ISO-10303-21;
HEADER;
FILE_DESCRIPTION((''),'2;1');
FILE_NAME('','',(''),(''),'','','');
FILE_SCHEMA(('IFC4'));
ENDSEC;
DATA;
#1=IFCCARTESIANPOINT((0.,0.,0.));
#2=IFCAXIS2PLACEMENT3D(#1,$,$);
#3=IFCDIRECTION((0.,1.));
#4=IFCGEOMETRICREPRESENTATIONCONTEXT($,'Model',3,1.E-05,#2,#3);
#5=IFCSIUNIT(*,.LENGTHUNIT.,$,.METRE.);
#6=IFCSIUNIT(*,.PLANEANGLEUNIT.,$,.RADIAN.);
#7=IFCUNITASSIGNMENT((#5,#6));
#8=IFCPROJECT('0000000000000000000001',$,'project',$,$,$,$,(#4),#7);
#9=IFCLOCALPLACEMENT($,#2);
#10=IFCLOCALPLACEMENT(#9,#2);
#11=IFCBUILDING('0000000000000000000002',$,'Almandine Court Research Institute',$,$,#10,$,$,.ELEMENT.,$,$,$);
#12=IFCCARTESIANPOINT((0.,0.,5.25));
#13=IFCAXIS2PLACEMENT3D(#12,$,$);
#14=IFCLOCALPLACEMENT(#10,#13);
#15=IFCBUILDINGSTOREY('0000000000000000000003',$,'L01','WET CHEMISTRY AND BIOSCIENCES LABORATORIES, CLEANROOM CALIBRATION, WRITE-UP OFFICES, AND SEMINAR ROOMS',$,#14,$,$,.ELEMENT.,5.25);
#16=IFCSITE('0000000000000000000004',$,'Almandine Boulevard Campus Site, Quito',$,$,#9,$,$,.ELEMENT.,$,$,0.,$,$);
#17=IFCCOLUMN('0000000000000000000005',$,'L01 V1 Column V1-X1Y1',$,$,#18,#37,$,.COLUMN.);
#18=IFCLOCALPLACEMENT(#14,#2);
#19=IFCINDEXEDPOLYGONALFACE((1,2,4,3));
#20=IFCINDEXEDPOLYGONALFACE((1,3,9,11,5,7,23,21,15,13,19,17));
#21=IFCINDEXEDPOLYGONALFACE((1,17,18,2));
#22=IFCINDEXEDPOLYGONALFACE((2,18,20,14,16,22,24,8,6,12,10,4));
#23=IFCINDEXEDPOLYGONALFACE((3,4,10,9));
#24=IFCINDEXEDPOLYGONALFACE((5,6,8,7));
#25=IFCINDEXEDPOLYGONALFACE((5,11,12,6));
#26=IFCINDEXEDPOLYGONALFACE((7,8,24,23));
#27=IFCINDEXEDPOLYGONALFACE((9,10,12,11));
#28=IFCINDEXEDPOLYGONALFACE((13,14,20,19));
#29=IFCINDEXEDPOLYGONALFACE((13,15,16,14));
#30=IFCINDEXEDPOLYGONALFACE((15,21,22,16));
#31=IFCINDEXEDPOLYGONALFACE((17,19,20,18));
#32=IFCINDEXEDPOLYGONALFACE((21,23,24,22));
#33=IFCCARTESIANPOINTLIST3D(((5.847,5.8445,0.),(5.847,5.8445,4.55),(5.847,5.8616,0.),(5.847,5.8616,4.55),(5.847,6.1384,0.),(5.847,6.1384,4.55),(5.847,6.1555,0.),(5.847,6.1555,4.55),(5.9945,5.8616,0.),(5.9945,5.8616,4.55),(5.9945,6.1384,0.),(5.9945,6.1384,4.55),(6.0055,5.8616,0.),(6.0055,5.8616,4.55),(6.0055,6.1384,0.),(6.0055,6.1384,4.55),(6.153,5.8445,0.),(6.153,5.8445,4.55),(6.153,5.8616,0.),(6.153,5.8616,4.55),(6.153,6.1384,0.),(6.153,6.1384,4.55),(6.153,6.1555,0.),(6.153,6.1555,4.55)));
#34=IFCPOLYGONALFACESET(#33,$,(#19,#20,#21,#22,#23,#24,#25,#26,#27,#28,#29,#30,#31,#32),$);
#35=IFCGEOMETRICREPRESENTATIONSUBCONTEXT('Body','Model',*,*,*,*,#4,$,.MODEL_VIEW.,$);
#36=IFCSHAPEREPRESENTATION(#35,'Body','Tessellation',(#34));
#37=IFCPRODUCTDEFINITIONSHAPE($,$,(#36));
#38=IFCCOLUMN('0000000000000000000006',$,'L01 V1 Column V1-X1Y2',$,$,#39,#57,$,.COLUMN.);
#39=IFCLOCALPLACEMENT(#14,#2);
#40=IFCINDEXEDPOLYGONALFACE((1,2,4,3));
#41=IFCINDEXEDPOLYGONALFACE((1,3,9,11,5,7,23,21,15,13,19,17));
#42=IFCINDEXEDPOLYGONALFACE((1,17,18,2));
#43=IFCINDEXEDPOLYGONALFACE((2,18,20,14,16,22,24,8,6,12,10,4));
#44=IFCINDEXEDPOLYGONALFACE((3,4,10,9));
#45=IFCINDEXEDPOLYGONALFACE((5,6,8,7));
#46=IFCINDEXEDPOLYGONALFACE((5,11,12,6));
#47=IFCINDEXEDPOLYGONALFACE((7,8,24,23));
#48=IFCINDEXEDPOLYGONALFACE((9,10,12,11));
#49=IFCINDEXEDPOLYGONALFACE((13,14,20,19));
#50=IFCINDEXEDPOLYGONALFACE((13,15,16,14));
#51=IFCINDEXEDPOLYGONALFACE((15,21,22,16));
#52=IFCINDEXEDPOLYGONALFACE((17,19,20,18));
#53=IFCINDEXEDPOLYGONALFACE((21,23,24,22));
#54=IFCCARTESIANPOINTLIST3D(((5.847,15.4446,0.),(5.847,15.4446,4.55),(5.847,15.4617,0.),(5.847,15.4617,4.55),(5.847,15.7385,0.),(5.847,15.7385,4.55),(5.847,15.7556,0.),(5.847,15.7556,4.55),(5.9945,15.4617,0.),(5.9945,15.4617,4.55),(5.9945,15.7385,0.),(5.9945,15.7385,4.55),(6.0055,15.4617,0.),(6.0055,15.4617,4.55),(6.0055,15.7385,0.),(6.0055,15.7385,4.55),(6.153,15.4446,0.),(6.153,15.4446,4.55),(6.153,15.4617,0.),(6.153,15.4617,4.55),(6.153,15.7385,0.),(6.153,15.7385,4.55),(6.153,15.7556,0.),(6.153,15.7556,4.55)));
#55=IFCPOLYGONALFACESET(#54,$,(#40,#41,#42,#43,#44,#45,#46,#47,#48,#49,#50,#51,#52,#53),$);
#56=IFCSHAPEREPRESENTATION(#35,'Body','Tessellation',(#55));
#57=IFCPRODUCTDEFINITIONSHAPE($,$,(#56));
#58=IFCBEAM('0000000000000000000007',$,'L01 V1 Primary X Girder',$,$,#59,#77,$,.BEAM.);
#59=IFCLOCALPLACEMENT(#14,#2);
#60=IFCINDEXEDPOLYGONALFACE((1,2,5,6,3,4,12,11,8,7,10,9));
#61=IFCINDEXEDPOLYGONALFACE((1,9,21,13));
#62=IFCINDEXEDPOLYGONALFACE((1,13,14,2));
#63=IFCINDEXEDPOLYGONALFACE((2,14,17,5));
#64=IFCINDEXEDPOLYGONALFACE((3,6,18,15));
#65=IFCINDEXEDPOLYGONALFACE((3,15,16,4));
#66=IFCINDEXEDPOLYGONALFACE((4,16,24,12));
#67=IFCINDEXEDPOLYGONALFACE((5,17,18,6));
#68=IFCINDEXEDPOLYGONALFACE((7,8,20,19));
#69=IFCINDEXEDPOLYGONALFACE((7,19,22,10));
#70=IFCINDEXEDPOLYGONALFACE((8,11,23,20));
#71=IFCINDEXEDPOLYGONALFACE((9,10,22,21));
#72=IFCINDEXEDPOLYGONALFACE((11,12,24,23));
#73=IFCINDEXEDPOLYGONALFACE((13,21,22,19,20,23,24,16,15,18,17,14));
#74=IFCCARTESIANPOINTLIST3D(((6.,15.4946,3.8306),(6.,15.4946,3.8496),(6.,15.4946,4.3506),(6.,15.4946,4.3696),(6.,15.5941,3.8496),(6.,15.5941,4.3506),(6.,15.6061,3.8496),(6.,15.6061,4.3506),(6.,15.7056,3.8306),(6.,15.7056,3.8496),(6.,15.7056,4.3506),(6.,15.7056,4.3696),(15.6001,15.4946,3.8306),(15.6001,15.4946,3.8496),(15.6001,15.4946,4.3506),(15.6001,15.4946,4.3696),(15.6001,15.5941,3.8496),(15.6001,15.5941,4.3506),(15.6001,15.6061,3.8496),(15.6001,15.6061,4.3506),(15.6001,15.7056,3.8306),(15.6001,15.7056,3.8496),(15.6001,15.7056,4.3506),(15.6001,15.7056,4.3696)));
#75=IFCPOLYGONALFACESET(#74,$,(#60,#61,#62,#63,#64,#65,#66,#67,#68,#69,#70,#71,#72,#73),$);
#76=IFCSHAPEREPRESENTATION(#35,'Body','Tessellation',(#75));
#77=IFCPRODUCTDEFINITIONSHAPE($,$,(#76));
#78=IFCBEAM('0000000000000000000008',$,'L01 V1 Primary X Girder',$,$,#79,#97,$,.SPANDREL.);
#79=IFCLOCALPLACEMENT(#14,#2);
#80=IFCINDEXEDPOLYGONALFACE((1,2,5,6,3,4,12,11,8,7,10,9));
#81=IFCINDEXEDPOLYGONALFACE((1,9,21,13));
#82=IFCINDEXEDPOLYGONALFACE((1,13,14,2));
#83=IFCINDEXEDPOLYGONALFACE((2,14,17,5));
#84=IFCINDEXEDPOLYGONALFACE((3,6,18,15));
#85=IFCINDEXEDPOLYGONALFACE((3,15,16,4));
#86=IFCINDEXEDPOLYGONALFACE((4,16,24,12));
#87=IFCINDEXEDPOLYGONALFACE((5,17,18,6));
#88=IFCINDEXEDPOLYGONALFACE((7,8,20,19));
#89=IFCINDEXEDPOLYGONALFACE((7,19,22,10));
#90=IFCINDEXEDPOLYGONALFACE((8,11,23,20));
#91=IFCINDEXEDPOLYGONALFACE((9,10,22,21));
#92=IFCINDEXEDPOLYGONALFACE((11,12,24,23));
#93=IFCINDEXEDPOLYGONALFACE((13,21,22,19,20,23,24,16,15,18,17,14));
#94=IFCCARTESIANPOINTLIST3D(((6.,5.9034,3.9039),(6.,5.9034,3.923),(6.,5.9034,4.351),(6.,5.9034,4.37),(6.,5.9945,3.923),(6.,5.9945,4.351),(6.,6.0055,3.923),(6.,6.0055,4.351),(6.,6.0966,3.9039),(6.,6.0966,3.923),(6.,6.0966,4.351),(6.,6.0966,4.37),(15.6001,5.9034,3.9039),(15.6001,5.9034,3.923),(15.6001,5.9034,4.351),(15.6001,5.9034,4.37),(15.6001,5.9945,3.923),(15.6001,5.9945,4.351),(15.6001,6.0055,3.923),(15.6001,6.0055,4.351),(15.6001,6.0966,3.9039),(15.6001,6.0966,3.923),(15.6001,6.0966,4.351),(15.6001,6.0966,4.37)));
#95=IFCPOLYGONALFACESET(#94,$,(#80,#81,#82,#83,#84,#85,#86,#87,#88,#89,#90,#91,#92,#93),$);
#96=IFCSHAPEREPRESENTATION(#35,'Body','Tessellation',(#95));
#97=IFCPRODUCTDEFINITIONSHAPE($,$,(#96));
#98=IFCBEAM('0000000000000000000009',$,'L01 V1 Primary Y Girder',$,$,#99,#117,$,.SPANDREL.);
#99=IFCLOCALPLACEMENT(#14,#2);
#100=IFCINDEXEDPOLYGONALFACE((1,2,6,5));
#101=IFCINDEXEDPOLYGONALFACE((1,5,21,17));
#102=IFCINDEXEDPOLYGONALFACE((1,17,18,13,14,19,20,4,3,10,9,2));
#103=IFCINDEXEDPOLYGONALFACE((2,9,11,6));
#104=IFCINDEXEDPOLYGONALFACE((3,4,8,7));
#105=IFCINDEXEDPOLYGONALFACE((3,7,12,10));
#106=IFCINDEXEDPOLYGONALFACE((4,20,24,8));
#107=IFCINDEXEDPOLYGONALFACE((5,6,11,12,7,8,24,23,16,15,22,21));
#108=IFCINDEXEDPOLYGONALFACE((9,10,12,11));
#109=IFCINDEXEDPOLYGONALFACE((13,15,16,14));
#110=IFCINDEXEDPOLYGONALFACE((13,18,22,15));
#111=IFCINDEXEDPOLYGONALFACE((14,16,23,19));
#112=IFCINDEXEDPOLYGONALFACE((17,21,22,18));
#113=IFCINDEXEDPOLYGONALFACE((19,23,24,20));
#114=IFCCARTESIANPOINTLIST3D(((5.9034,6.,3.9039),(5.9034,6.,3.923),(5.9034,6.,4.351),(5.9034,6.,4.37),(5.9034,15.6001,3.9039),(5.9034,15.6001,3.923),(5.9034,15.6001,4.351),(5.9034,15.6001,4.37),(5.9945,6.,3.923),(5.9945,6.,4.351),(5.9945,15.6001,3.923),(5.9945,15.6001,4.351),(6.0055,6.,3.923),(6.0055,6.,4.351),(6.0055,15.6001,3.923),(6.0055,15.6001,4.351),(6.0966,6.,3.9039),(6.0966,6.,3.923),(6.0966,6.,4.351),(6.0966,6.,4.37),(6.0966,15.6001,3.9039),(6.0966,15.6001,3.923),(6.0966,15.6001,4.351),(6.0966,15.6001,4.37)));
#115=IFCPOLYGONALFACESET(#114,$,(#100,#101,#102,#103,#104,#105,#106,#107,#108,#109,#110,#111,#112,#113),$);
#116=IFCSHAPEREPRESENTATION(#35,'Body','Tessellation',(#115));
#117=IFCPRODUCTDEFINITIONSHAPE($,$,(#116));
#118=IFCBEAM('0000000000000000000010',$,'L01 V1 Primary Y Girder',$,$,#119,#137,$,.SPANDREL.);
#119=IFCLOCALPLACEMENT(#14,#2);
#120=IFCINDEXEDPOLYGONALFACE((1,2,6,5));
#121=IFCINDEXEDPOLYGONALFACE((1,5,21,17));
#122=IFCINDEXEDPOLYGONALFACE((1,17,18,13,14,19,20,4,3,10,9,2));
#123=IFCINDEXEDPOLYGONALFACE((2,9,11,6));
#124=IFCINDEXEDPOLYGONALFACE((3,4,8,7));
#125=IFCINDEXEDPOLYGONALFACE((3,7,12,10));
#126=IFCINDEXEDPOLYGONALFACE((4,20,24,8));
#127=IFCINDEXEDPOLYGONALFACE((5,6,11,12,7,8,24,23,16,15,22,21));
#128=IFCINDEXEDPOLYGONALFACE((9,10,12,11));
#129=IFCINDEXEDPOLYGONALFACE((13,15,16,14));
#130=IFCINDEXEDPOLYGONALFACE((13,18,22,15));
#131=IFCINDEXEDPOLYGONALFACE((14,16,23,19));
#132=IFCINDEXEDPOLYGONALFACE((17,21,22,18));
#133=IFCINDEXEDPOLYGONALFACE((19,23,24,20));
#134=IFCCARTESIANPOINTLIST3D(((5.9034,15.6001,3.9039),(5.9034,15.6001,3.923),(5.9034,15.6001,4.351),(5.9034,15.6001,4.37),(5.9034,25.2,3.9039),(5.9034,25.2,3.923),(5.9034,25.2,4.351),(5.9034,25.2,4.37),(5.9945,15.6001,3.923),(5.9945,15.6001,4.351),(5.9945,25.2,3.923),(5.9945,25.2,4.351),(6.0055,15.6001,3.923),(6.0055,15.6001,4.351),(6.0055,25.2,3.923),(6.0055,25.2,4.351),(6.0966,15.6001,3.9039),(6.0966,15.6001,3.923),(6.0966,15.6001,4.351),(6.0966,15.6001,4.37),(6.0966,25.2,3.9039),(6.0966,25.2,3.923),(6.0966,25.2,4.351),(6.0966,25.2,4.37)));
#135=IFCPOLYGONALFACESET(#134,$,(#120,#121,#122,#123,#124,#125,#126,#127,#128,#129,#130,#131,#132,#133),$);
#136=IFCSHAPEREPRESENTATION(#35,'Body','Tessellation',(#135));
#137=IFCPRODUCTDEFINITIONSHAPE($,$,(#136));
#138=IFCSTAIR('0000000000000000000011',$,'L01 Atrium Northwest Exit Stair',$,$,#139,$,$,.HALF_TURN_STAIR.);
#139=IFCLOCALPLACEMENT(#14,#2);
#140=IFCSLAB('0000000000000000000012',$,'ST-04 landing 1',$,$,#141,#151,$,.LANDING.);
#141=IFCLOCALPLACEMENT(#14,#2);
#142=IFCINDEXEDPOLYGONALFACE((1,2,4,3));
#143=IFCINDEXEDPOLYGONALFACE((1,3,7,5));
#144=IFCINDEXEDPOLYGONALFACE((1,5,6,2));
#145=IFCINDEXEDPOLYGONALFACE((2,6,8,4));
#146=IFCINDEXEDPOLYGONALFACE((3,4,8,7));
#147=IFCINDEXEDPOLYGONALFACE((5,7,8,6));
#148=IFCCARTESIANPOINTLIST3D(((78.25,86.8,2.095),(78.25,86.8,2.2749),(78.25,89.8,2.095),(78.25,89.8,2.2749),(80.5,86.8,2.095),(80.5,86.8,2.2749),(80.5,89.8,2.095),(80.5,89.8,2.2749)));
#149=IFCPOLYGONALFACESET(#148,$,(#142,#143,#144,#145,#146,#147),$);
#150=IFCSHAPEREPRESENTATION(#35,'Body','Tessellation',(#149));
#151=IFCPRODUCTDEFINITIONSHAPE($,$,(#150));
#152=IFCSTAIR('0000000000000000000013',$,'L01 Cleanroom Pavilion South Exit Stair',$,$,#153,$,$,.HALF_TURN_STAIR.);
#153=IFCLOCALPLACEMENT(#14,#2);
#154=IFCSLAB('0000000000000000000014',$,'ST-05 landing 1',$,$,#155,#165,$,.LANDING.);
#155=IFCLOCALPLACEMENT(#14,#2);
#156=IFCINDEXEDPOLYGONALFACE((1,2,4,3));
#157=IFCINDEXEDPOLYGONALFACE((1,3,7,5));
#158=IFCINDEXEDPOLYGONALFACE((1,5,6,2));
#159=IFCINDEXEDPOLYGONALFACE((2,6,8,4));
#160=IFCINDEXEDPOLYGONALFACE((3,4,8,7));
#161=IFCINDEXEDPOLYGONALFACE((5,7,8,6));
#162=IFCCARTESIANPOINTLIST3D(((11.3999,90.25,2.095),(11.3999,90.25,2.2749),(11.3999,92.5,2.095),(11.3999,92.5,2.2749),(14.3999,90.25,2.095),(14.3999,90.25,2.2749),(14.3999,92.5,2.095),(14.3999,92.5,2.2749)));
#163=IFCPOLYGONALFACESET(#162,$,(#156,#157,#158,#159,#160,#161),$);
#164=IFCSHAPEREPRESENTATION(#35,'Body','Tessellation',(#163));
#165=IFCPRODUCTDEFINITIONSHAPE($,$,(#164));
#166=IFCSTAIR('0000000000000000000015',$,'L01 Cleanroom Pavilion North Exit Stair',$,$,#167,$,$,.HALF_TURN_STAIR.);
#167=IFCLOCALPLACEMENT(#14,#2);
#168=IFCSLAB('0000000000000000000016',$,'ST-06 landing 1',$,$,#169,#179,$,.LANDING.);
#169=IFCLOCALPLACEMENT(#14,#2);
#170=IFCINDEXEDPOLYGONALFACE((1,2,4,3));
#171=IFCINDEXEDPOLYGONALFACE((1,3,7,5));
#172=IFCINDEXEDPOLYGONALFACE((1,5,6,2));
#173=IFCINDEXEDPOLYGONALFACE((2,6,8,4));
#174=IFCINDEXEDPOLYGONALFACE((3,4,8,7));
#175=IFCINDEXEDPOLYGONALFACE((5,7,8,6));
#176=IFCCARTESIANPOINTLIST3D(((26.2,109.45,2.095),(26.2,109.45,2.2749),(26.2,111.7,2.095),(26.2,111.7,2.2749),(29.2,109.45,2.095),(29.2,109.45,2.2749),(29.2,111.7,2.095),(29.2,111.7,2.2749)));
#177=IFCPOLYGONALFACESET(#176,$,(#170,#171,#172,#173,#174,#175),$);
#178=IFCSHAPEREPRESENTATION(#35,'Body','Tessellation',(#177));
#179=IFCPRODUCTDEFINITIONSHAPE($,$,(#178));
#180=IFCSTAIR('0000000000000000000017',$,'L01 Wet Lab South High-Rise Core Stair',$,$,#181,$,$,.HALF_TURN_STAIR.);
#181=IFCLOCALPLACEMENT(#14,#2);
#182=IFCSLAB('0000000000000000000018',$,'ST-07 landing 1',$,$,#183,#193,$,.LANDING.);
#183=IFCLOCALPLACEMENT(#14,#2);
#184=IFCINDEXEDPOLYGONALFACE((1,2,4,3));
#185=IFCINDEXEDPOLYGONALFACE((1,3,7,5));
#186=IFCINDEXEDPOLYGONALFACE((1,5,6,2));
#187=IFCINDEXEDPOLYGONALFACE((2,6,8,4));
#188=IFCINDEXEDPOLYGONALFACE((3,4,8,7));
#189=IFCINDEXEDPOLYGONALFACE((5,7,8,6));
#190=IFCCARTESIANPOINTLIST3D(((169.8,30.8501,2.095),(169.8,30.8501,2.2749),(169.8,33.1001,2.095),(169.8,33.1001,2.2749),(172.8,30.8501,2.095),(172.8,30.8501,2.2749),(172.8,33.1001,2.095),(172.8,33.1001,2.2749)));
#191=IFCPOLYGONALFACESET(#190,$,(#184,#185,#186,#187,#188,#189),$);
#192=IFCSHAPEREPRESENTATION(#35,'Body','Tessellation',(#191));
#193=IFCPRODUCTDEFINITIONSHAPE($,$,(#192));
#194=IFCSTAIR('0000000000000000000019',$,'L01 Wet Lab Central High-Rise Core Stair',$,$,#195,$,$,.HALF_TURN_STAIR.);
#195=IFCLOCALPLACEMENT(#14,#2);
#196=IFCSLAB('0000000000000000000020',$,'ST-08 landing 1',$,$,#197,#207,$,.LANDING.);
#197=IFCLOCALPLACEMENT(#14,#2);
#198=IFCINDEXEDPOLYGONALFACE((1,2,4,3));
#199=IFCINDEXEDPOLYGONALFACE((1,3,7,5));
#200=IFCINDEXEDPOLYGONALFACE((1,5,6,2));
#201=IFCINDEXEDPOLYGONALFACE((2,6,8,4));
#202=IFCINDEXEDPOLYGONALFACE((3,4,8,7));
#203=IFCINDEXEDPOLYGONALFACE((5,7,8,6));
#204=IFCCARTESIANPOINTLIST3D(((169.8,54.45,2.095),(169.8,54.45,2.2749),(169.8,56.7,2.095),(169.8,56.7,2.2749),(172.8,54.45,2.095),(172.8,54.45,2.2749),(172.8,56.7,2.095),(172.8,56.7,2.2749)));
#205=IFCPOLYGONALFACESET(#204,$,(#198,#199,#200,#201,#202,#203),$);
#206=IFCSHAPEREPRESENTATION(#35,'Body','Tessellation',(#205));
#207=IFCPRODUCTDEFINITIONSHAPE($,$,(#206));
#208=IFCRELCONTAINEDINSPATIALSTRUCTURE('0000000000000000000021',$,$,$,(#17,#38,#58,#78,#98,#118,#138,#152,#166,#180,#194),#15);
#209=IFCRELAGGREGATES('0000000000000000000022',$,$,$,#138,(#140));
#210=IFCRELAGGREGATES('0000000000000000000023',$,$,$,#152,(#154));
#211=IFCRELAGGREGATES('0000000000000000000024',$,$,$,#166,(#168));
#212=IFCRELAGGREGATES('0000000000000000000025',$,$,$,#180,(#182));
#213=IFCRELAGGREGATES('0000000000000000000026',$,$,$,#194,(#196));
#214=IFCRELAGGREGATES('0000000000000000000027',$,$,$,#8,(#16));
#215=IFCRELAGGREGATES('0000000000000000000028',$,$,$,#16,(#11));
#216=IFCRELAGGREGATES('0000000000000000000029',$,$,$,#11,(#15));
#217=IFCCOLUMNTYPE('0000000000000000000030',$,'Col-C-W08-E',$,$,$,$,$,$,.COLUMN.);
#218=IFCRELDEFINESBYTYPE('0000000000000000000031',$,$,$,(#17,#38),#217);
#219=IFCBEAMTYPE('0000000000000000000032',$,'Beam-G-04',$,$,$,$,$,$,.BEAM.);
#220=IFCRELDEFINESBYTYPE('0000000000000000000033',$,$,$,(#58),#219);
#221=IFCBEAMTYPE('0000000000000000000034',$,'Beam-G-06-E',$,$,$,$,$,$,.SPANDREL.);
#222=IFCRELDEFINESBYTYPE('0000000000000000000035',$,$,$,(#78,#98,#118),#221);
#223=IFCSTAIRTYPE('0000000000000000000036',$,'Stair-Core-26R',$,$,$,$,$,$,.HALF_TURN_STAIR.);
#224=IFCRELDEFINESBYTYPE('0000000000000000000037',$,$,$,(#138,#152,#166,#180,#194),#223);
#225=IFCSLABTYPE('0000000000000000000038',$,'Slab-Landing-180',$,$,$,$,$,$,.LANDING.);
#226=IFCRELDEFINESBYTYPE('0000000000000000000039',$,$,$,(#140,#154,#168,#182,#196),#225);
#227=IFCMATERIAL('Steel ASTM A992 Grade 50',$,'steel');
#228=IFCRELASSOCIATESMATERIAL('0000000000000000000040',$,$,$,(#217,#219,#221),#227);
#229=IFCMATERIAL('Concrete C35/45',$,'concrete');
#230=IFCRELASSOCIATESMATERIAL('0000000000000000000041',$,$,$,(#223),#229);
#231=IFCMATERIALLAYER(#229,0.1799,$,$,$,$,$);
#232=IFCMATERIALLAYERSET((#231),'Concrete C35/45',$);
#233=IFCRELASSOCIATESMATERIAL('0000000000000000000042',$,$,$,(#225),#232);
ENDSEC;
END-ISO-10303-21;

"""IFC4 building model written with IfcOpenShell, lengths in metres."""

from ifc_helpers import new_model, si_unit, direction, frame, origin, origin_2d, place, context, subcontext, project, spatial, polyline, i_section, outline, extrude, material, layer, layer_set, material_profile, profile_set, type_object, element, aggregate, save


model = new_model("IFC4")

# Units and contexts
model_context = context("Model", 3, precision=1e-05, world=origin(), true_north=direction((0.0, 1.0)))
body_context = subcontext(model_context, "Body", "Model", "MODEL_VIEW")
ifc_project = project(units=[si_unit("LENGTHUNIT", "METRE"), si_unit("PLANEANGLEUNIT", "RADIAN")], contexts=[model_context])

# Site, building, storey
site_placement = place(None, origin())
site = spatial("IfcSite", under=ifc_project, at=site_placement, Name="Almandine Boulevard Campus Site, Quito", CompositionType="ELEMENT", RefElevation=0.0)
building_placement = place(site_placement, origin())
building = spatial("IfcBuilding", under=site, at=building_placement, Name="Almandine Court Research Institute", CompositionType="ELEMENT")
storey_placement = place(building_placement, frame((0.0, 0.0, 5.25)))
storey = spatial("IfcBuildingStorey", under=building, at=storey_placement, Name="L01", Description="WET CHEMISTRY AND BIOSCIENCES LABORATORIES, CLEANROOM CALIBRATION, WRITE-UP OFFICES, AND SEMINAR ROOMS", CompositionType="ELEMENT", Elevation=5.25)

# Columns
ifc_material_1 = material(Name="Steel ASTM A992 Grade 50", Category="steel")
ifc_material_profile_1 = material_profile(ifc_material_1, i_section(OverallWidth=0.3059, OverallDepth=0.311, WebThickness=0.011, FlangeThickness=0.0171, at=origin_2d()), Name="W310x107")
ifc_profile_set_1 = profile_set([ifc_material_profile_1], Name="Steel ASTM A992 Grade 50")
column_type = type_object("IfcColumnType", Name="Col-C-W08-E", PredefinedType="COLUMN", material=ifc_profile_set_1)
for number, where, z_axis, x_axis, name in (
    (1, (6.0, 6.0, 0.0), (0.0, 0.0, 1.0), (1.0, 0.0, 0.0), "L01 V1 Column V1-X1Y1"),
    (2, (6.0, 15.6001, 0.0), (0.0, 0.0, 1.0), (1.0, 0.0, 0.0), "L01 V1 Column V1-X1Y2"),
):
    element("IfcColumn", number, at=place(storey_placement, frame(where, z_axis=z_axis, x_axis=x_axis)), inside=storey, type_object=column_type, Name=name, PredefinedType="COLUMN", context=body_context, shape_type="SweptSolid", body=[
        extrude(i_section(OverallWidth=0.3059, OverallDepth=0.311, WebThickness=0.011, FlangeThickness=0.0171, at=origin_2d()), origin(), (0.0, 0.0, 1.0), 4.55),
    ])

# Beams
ifc_material_profile_2 = material_profile(ifc_material_1, i_section(OverallWidth=0.2109, OverallDepth=0.5391, WebThickness=0.012, FlangeThickness=0.019, at=origin_2d()), Name="W530x109")
ifc_profile_set_2 = profile_set([ifc_material_profile_2], Name="Steel ASTM A992 Grade 50")
beam_type_1 = type_object("IfcBeamType", Name="Beam-G-04", PredefinedType="BEAM", material=ifc_profile_set_2)
beam_1_placement = place(storey_placement, frame((6.0, 15.6001, 4.1001), z_axis=(1.0, 0.0, 0.0), x_axis=(0.0, 1.0, 0.0)))
element("IfcBeam", 3, at=beam_1_placement, inside=storey, type_object=beam_type_1, Name="L01 V1 Primary X Girder", PredefinedType="BEAM", context=body_context, shape_type="SweptSolid", body=[
    extrude(i_section(OverallWidth=0.2109, OverallDepth=0.5391, WebThickness=0.012, FlangeThickness=0.019, at=origin_2d()), origin(), (0.0, 0.0, 1.0), 9.6001),
])
ifc_material_profile_3 = material_profile(ifc_material_1, i_section(OverallWidth=0.1931, OverallDepth=0.4661, WebThickness=0.011, FlangeThickness=0.019, at=origin_2d()), Name="W460x97")
ifc_profile_set_3 = profile_set([ifc_material_profile_3], Name="Steel ASTM A992 Grade 50")
beam_type_2 = type_object("IfcBeamType", Name="Beam-G-06-E", PredefinedType="SPANDREL", material=ifc_profile_set_3)
for number, where, z_axis, x_axis, name in (
    (4, (6.0, 6.0, 4.137), (1.0, 0.0, 0.0), (0.0, 1.0, 0.0), "L01 V1 Primary X Girder"),
    (5, (6.0, 6.0, 4.137), (0.0, 1.0, 0.0), (-1.0, 0.0, 0.0), "L01 V1 Primary Y Girder"),
):
    element("IfcBeam", number, at=place(storey_placement, frame(where, z_axis=z_axis, x_axis=x_axis)), inside=storey, type_object=beam_type_2, Name=name, PredefinedType="SPANDREL", context=body_context, shape_type="SweptSolid", body=[
        extrude(i_section(OverallWidth=0.1931, OverallDepth=0.4661, WebThickness=0.011, FlangeThickness=0.019, at=origin_2d()), origin(), (0.0, 0.0, 1.0), 9.6001),
    ])
beam_2_placement = place(storey_placement, frame((6.0, 15.6001, 4.137), z_axis=(0.0, 1.0, 0.0), x_axis=(-1.0, 0.0, 0.0)))
element("IfcBeam", 6, at=beam_2_placement, inside=storey, type_object=beam_type_2, Name="L01 V1 Primary Y Girder", PredefinedType="SPANDREL", context=body_context, shape_type="SweptSolid", body=[
    extrude(i_section(OverallWidth=0.1931, OverallDepth=0.4661, WebThickness=0.011, FlangeThickness=0.019, at=origin_2d()), origin(), (0.0, 0.0, 1.0), 9.5999),
])

# Stairs, slabs
ifc_material_2 = material(Name="Concrete C35/45", Category="concrete")
stair_type = type_object("IfcStairType", Name="Stair-Core-26R", PredefinedType="HALF_TURN_STAIR", material=ifc_material_2)
stair_1_placement = place(storey_placement, origin())
stair_1 = element("IfcStair", 7, at=stair_1_placement, inside=storey, type_object=stair_type, Name="L01 Atrium Northwest Exit Stair", PredefinedType="HALF_TURN_STAIR")
ifc_layer_1 = layer(ifc_material_2, 0.1799)
ifc_layer_set_1 = layer_set([ifc_layer_1], Name="Concrete C35/45")
slab_type = type_object("IfcSlabType", Name="Slab-Landing-180", PredefinedType="LANDING", material=ifc_layer_set_1)
slab_1_placement = place(storey_placement, frame((0.0, 0.0, 2.095)))
slab_1 = element("IfcSlab", 8, at=slab_1_placement, type_object=slab_type, Name="ST-04 landing 1", PredefinedType="LANDING", context=body_context, shape_type="SweptSolid", body=[
    extrude(outline(polyline([(78.25, 86.8), (80.5, 86.8), (80.5, 89.8), (78.25, 89.8), (78.25, 86.8)])), origin(), (0.0, 0.0, 1.0), 0.1799),
])
aggregate(stair_1, [slab_1])
stair_2_placement = place(storey_placement, origin())
stair_2 = element("IfcStair", 9, at=stair_2_placement, inside=storey, type_object=stair_type, Name="L01 Cleanroom Pavilion South Exit Stair", PredefinedType="HALF_TURN_STAIR")
slab_2_placement = place(storey_placement, frame((0.0, 0.0, 2.095)))
slab_2 = element("IfcSlab", 10, at=slab_2_placement, type_object=slab_type, Name="ST-05 landing 1", PredefinedType="LANDING", context=body_context, shape_type="SweptSolid", body=[
    extrude(outline(polyline([(14.3999, 90.25), (14.3999, 92.5), (11.3999, 92.5), (11.3999, 90.25), (14.3999, 90.25)])), origin(), (0.0, 0.0, 1.0), 0.1799),
])
aggregate(stair_2, [slab_2])
stair_3_placement = place(storey_placement, origin())
stair_3 = element("IfcStair", 11, at=stair_3_placement, inside=storey, type_object=stair_type, Name="L01 Cleanroom Pavilion North Exit Stair", PredefinedType="HALF_TURN_STAIR")
slab_3_placement = place(storey_placement, frame((0.0, 0.0, 2.095)))
slab_3 = element("IfcSlab", 12, at=slab_3_placement, type_object=slab_type, Name="ST-06 landing 1", PredefinedType="LANDING", context=body_context, shape_type="SweptSolid", body=[
    extrude(outline(polyline([(29.2, 109.45), (29.2, 111.7), (26.2, 111.7), (26.2, 109.45), (29.2, 109.45)])), origin(), (0.0, 0.0, 1.0), 0.1799),
])
aggregate(stair_3, [slab_3])
stair_4_placement = place(storey_placement, origin())
stair_4 = element("IfcStair", 13, at=stair_4_placement, inside=storey, type_object=stair_type, Name="L01 Wet Lab South High-Rise Core Stair", PredefinedType="HALF_TURN_STAIR")
slab_4_placement = place(storey_placement, frame((0.0, 0.0, 2.095)))
slab_4 = element("IfcSlab", 14, at=slab_4_placement, type_object=slab_type, Name="ST-07 landing 1", PredefinedType="LANDING", context=body_context, shape_type="SweptSolid", body=[
    extrude(outline(polyline([(172.8, 30.8501), (172.8, 33.1001), (169.8, 33.1001), (169.8, 30.8501), (172.8, 30.8501)])), origin(), (0.0, 0.0, 1.0), 0.1799),
])
aggregate(stair_4, [slab_4])
stair_5_placement = place(storey_placement, origin())
stair_5 = element("IfcStair", 15, at=stair_5_placement, inside=storey, type_object=stair_type, Name="L01 Wet Lab Central High-Rise Core Stair", PredefinedType="HALF_TURN_STAIR")
slab_5_placement = place(storey_placement, frame((0.0, 0.0, 2.095)))
slab_5 = element("IfcSlab", 16, at=slab_5_placement, type_object=slab_type, Name="ST-08 landing 1", PredefinedType="LANDING", context=body_context, shape_type="SweptSolid", body=[
    extrude(outline(polyline([(172.8, 54.45), (172.8, 56.7), (169.8, 56.7), (169.8, 54.45), (172.8, 54.45)])), origin(), (0.0, 0.0, 1.0), 0.1799),
])
aggregate(stair_5, [slab_5])

save(model, "model.ifc")
